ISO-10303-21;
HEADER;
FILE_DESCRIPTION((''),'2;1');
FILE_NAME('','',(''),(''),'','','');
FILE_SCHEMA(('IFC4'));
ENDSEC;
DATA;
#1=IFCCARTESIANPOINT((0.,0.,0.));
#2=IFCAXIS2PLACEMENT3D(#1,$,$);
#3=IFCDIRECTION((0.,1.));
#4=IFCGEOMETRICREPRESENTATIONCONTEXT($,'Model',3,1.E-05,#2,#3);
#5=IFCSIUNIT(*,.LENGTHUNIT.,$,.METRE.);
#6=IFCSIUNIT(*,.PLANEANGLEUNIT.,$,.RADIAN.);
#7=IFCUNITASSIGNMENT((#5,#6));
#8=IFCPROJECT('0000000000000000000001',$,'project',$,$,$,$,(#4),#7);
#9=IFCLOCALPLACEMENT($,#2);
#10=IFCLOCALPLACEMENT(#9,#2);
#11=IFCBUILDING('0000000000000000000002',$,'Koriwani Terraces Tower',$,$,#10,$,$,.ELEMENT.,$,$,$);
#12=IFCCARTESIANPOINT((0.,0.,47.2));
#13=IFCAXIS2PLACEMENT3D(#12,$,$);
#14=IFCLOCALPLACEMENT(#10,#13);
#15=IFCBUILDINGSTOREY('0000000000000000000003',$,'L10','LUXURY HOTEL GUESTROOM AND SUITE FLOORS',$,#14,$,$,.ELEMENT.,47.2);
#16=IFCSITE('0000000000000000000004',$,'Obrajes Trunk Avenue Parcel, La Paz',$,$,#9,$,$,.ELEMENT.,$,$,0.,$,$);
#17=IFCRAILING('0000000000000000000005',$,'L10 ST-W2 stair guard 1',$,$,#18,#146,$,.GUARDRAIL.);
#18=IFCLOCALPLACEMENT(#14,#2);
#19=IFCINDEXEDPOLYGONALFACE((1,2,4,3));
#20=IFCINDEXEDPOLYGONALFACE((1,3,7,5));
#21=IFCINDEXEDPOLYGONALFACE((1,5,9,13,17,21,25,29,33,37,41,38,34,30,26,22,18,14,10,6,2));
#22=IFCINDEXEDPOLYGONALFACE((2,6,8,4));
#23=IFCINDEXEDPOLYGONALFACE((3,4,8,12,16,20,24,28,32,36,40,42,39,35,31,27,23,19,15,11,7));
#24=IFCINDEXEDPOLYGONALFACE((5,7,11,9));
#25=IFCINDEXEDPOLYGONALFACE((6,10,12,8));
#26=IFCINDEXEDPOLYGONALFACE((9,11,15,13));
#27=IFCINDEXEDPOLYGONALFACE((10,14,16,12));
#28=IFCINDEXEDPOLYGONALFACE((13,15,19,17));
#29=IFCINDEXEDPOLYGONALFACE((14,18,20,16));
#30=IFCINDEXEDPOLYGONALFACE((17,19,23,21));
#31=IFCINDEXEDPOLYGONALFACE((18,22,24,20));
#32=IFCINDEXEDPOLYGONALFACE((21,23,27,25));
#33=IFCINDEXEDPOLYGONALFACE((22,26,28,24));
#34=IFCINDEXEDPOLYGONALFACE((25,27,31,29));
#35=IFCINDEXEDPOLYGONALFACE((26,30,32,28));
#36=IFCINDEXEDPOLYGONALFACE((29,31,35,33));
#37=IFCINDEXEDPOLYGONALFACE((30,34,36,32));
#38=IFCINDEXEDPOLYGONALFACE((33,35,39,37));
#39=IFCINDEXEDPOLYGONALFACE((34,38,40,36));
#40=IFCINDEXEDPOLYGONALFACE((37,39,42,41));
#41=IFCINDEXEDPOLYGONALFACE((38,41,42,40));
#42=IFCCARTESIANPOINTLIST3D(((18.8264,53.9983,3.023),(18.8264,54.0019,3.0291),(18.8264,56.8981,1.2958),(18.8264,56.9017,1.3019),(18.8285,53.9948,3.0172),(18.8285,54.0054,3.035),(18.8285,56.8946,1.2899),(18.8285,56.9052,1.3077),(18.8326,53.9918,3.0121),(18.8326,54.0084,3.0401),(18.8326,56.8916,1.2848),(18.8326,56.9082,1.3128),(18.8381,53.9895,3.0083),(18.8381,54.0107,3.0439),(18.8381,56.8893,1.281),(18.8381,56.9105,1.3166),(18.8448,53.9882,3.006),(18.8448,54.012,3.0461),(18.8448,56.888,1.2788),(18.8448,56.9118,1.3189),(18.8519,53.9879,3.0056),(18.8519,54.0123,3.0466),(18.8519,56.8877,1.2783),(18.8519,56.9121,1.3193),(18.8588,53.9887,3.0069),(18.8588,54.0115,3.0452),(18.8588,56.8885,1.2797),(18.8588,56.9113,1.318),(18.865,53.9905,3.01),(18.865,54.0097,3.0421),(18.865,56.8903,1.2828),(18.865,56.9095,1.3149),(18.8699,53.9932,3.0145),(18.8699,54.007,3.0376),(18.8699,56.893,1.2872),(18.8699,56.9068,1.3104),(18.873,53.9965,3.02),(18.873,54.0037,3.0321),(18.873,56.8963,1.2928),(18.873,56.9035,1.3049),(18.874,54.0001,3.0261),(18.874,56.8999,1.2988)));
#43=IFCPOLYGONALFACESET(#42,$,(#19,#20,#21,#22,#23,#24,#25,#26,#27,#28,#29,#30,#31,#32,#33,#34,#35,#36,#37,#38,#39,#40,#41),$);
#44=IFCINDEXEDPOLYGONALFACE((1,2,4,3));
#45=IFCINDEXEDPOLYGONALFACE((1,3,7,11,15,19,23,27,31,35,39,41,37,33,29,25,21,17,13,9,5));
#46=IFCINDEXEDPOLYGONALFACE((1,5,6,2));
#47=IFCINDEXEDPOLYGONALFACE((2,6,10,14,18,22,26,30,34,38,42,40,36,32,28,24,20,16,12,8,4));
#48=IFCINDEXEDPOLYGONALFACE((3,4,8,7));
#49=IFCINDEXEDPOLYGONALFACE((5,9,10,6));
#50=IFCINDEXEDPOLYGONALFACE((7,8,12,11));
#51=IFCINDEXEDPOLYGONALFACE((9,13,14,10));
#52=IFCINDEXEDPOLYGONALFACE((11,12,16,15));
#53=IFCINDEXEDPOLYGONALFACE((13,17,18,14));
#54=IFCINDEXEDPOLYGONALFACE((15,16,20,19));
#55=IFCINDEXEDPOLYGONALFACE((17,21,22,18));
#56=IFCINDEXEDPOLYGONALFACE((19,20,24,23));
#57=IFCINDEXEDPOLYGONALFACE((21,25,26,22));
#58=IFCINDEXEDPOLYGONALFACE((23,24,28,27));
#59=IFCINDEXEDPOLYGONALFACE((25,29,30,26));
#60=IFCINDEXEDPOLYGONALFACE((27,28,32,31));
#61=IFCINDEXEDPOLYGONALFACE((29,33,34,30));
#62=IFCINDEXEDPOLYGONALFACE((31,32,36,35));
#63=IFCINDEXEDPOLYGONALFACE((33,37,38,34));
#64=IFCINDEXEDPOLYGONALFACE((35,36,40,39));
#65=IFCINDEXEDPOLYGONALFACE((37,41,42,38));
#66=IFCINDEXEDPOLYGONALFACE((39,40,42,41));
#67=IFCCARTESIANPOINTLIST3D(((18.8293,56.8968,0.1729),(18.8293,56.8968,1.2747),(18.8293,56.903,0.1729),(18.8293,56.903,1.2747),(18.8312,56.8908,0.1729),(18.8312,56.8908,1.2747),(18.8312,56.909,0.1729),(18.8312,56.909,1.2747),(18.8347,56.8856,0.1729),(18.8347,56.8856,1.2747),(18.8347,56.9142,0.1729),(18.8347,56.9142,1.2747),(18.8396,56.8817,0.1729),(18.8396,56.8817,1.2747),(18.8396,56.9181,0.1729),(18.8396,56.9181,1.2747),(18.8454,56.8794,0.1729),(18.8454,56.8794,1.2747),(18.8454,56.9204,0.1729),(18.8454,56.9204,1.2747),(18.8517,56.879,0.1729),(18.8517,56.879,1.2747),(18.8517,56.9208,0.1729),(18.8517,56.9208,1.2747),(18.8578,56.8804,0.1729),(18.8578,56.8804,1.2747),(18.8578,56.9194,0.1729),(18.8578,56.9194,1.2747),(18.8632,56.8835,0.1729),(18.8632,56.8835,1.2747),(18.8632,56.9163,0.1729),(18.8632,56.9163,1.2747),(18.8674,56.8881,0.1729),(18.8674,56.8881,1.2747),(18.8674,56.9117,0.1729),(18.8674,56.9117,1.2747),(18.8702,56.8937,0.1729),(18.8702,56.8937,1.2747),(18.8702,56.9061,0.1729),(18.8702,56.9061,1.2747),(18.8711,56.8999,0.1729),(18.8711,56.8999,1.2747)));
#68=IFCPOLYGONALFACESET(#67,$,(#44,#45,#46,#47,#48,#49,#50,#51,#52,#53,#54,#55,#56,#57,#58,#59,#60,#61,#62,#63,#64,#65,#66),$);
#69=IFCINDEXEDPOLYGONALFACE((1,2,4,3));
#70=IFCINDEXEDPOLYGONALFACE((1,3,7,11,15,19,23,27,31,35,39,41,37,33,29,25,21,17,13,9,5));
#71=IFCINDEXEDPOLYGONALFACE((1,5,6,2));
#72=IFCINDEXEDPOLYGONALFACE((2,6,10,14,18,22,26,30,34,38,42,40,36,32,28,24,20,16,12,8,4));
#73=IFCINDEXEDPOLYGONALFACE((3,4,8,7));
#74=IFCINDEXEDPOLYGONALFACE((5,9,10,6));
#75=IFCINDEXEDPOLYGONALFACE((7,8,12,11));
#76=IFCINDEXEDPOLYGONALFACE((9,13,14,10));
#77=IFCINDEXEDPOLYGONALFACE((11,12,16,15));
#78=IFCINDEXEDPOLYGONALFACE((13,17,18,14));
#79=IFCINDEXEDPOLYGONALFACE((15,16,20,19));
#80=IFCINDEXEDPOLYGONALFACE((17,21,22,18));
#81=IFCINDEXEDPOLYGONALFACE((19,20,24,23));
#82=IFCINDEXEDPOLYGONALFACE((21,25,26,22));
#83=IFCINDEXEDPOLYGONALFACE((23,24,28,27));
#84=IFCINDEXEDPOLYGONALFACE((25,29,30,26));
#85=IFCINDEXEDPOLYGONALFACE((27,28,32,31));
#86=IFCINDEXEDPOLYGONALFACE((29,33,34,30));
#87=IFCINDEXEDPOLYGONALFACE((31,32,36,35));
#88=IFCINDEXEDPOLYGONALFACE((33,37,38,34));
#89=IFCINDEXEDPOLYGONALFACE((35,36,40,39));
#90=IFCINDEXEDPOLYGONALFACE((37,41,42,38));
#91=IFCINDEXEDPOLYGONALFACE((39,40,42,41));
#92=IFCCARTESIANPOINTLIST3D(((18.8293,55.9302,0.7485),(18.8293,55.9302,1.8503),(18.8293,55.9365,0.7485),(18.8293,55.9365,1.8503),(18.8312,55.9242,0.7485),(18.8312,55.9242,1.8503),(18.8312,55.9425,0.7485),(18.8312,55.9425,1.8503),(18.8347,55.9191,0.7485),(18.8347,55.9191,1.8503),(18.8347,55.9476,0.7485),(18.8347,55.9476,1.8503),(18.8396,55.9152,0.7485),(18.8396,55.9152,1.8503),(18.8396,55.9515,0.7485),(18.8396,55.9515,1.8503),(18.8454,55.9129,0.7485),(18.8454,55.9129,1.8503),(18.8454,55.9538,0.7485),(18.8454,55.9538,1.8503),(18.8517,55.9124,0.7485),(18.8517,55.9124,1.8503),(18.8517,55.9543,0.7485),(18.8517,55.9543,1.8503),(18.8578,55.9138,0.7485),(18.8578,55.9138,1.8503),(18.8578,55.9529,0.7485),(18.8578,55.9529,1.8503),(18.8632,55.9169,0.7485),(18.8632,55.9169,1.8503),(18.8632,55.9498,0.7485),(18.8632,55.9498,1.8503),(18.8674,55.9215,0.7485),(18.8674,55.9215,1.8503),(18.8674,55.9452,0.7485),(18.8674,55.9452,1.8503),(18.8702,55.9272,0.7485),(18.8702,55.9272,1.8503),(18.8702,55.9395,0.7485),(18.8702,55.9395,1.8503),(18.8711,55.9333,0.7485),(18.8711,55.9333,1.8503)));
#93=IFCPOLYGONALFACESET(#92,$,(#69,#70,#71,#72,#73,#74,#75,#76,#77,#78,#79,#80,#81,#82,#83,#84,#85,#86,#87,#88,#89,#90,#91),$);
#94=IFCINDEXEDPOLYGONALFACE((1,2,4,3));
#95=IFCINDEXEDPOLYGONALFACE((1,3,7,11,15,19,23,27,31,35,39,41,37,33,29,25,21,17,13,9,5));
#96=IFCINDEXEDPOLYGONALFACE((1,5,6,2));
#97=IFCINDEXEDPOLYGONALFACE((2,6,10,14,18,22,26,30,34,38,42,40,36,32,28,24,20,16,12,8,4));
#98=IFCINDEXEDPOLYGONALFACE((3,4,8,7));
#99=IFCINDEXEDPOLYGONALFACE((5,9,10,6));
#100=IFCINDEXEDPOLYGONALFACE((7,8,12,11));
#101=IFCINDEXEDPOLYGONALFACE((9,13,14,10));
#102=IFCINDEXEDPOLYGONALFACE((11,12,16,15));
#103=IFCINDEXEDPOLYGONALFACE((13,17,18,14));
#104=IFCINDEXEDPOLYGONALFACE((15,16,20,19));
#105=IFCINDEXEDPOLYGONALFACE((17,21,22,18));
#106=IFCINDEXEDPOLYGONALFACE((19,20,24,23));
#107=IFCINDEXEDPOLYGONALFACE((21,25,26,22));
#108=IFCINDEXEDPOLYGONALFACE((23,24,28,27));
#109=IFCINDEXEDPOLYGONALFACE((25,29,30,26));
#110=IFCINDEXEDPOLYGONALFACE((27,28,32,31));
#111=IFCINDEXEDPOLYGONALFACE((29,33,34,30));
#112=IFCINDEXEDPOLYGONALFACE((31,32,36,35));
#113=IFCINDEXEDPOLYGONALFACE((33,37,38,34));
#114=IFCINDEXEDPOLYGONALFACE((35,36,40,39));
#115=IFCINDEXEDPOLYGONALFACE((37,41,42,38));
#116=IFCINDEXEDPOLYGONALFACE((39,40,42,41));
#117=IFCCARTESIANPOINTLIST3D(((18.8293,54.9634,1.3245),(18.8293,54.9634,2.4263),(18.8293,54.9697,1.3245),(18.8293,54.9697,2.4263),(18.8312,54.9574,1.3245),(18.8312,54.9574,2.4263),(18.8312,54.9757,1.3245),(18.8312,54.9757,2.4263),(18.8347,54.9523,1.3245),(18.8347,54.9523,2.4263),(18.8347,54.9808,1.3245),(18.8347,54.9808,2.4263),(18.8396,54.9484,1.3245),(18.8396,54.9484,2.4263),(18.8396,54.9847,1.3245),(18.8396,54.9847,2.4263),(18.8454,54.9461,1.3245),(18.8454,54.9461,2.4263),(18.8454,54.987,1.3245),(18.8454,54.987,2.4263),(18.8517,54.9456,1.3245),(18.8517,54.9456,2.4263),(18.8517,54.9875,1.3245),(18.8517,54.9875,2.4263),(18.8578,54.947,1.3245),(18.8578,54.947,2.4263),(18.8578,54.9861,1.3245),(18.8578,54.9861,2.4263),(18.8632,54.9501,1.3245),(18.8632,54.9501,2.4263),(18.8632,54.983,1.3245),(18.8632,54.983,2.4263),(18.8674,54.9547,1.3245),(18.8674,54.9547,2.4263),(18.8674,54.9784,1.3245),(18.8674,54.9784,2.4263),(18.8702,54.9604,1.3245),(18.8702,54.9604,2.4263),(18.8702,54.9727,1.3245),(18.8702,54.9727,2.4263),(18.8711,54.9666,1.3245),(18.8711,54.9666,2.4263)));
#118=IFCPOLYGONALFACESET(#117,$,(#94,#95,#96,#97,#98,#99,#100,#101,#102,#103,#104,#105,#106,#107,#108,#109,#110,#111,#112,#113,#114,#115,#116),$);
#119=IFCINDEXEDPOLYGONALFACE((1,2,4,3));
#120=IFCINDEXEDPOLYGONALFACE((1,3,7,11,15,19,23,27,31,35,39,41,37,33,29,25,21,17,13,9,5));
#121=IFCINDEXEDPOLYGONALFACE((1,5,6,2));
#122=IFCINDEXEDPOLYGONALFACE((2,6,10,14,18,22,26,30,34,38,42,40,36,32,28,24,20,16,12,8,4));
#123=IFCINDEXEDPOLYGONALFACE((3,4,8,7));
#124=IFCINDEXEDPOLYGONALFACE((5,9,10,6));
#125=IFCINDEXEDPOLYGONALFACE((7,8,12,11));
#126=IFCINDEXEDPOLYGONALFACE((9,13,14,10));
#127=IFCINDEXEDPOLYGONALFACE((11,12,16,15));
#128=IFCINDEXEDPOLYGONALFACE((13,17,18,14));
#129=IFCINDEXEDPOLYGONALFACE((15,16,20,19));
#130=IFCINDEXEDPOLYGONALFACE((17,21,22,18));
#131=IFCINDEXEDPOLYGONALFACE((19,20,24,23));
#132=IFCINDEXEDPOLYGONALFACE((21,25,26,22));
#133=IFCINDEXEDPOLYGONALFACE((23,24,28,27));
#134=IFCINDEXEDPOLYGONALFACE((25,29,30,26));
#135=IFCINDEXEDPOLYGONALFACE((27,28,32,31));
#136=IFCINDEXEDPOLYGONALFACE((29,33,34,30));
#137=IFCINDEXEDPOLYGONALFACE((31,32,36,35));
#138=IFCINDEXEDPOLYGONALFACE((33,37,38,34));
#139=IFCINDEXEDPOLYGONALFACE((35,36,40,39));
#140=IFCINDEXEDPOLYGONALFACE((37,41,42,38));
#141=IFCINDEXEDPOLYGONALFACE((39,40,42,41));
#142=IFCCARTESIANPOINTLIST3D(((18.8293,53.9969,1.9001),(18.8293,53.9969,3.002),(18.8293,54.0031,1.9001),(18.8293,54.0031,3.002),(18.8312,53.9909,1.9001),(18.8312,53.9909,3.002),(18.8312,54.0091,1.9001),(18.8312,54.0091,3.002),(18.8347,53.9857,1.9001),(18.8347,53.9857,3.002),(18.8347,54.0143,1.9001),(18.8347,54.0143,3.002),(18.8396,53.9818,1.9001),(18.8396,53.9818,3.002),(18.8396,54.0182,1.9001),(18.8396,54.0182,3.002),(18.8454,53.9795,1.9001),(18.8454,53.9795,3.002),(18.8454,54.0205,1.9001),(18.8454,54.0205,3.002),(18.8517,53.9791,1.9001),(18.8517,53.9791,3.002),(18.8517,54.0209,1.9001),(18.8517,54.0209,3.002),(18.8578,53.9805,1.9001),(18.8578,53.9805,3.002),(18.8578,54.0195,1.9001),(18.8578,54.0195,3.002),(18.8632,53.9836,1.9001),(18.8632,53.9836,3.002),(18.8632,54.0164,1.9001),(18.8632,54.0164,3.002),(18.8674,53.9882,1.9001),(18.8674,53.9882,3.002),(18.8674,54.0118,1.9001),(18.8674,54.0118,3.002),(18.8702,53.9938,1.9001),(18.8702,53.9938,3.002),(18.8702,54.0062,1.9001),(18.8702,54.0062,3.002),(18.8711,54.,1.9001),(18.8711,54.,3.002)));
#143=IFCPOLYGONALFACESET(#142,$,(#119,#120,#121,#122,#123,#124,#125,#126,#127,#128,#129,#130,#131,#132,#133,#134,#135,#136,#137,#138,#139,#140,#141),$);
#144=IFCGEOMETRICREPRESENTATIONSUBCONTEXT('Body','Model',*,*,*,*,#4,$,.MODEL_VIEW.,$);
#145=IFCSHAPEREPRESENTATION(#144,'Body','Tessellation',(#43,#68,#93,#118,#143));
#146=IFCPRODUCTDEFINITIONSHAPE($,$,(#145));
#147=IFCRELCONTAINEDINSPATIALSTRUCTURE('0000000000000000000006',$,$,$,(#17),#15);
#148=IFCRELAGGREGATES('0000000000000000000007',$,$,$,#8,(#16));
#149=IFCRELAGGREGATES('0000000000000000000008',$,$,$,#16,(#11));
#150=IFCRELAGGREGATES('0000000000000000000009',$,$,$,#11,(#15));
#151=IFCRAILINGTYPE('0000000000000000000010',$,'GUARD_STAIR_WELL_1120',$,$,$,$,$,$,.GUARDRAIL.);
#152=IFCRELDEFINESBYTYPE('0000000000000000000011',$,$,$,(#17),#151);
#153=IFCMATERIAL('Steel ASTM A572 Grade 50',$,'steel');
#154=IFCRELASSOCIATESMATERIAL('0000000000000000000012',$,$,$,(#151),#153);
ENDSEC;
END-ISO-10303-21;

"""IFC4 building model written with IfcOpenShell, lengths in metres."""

from ifc_helpers import new_model, si_unit, direction, frame, origin, origin_2d, place, context, subcontext, project, spatial, circle, extrude, material, type_object, element, save


model = new_model("IFC4")

# Units and contexts
model_context = context("Model", 3, precision=1e-05, world=origin(), true_north=direction((0.0, 1.0)))
body_context = subcontext(model_context, "Body", "Model", "MODEL_VIEW")
ifc_project = project(units=[si_unit("LENGTHUNIT", "METRE"), si_unit("PLANEANGLEUNIT", "RADIAN")], contexts=[model_context])

# Site, building, storey
site_placement = place(None, origin())
site = spatial("IfcSite", under=ifc_project, at=site_placement, Name="Obrajes Trunk Avenue Parcel, La Paz", CompositionType="ELEMENT", RefElevation=0.0)
building_placement = place(site_placement, origin())
building = spatial("IfcBuilding", under=site, at=building_placement, Name="Koriwani Terraces Tower", CompositionType="ELEMENT")
storey_placement = place(building_placement, frame((0.0, 0.0, 47.2)))
storey = spatial("IfcBuildingStorey", under=building, at=storey_placement, Name="L10", Description="LUXURY HOTEL GUESTROOM AND SUITE FLOORS", CompositionType="ELEMENT", Elevation=47.2)

# Shared definitions
ifc_material_1 = material(Name="Steel ASTM A572 Grade 50", Category="steel")

# Railing
railing_type = type_object("IfcRailingType", Name="GUARD_STAIR_WELL_1120", PredefinedType="GUARDRAIL", material=ifc_material_1)
railing_1_placement = place(storey_placement, frame((18.8501, 56.8999, 0.1729)))
element("IfcRailing", 1, at=railing_1_placement, inside=storey, type_object=railing_type, Name="L10 ST-W2 stair guard 1", PredefinedType="GUARDRAIL", context=body_context, shape_type="SweptSolid", body=[
    extrude(circle(Radius=0.0239, at=origin_2d()), frame((0.0, 0.0, 1.126), z_axis=(0.0, -0.859141, 0.511738), x_axis=(1.0, 0.0, 0.0)), (0.0, 0.0, 1.0), 3.3752),
    extrude(circle(Radius=0.021, at=origin_2d()), origin(), (0.0, 0.0, 1.0), 1.1018),
    extrude(circle(Radius=0.021, at=origin_2d()), frame((0.0, -0.9666, 0.5757)), (0.0, 0.0, 1.0), 1.1018),
    extrude(circle(Radius=0.021, at=origin_2d()), frame((0.0, -1.9333, 1.1516)), (0.0, 0.0, 1.0), 1.1018),
    extrude(circle(Radius=0.021, at=origin_2d()), frame((0.0, -2.8999, 1.7273)), (0.0, 0.0, 1.0), 1.1018),
])

save(model, "model.ifc")
